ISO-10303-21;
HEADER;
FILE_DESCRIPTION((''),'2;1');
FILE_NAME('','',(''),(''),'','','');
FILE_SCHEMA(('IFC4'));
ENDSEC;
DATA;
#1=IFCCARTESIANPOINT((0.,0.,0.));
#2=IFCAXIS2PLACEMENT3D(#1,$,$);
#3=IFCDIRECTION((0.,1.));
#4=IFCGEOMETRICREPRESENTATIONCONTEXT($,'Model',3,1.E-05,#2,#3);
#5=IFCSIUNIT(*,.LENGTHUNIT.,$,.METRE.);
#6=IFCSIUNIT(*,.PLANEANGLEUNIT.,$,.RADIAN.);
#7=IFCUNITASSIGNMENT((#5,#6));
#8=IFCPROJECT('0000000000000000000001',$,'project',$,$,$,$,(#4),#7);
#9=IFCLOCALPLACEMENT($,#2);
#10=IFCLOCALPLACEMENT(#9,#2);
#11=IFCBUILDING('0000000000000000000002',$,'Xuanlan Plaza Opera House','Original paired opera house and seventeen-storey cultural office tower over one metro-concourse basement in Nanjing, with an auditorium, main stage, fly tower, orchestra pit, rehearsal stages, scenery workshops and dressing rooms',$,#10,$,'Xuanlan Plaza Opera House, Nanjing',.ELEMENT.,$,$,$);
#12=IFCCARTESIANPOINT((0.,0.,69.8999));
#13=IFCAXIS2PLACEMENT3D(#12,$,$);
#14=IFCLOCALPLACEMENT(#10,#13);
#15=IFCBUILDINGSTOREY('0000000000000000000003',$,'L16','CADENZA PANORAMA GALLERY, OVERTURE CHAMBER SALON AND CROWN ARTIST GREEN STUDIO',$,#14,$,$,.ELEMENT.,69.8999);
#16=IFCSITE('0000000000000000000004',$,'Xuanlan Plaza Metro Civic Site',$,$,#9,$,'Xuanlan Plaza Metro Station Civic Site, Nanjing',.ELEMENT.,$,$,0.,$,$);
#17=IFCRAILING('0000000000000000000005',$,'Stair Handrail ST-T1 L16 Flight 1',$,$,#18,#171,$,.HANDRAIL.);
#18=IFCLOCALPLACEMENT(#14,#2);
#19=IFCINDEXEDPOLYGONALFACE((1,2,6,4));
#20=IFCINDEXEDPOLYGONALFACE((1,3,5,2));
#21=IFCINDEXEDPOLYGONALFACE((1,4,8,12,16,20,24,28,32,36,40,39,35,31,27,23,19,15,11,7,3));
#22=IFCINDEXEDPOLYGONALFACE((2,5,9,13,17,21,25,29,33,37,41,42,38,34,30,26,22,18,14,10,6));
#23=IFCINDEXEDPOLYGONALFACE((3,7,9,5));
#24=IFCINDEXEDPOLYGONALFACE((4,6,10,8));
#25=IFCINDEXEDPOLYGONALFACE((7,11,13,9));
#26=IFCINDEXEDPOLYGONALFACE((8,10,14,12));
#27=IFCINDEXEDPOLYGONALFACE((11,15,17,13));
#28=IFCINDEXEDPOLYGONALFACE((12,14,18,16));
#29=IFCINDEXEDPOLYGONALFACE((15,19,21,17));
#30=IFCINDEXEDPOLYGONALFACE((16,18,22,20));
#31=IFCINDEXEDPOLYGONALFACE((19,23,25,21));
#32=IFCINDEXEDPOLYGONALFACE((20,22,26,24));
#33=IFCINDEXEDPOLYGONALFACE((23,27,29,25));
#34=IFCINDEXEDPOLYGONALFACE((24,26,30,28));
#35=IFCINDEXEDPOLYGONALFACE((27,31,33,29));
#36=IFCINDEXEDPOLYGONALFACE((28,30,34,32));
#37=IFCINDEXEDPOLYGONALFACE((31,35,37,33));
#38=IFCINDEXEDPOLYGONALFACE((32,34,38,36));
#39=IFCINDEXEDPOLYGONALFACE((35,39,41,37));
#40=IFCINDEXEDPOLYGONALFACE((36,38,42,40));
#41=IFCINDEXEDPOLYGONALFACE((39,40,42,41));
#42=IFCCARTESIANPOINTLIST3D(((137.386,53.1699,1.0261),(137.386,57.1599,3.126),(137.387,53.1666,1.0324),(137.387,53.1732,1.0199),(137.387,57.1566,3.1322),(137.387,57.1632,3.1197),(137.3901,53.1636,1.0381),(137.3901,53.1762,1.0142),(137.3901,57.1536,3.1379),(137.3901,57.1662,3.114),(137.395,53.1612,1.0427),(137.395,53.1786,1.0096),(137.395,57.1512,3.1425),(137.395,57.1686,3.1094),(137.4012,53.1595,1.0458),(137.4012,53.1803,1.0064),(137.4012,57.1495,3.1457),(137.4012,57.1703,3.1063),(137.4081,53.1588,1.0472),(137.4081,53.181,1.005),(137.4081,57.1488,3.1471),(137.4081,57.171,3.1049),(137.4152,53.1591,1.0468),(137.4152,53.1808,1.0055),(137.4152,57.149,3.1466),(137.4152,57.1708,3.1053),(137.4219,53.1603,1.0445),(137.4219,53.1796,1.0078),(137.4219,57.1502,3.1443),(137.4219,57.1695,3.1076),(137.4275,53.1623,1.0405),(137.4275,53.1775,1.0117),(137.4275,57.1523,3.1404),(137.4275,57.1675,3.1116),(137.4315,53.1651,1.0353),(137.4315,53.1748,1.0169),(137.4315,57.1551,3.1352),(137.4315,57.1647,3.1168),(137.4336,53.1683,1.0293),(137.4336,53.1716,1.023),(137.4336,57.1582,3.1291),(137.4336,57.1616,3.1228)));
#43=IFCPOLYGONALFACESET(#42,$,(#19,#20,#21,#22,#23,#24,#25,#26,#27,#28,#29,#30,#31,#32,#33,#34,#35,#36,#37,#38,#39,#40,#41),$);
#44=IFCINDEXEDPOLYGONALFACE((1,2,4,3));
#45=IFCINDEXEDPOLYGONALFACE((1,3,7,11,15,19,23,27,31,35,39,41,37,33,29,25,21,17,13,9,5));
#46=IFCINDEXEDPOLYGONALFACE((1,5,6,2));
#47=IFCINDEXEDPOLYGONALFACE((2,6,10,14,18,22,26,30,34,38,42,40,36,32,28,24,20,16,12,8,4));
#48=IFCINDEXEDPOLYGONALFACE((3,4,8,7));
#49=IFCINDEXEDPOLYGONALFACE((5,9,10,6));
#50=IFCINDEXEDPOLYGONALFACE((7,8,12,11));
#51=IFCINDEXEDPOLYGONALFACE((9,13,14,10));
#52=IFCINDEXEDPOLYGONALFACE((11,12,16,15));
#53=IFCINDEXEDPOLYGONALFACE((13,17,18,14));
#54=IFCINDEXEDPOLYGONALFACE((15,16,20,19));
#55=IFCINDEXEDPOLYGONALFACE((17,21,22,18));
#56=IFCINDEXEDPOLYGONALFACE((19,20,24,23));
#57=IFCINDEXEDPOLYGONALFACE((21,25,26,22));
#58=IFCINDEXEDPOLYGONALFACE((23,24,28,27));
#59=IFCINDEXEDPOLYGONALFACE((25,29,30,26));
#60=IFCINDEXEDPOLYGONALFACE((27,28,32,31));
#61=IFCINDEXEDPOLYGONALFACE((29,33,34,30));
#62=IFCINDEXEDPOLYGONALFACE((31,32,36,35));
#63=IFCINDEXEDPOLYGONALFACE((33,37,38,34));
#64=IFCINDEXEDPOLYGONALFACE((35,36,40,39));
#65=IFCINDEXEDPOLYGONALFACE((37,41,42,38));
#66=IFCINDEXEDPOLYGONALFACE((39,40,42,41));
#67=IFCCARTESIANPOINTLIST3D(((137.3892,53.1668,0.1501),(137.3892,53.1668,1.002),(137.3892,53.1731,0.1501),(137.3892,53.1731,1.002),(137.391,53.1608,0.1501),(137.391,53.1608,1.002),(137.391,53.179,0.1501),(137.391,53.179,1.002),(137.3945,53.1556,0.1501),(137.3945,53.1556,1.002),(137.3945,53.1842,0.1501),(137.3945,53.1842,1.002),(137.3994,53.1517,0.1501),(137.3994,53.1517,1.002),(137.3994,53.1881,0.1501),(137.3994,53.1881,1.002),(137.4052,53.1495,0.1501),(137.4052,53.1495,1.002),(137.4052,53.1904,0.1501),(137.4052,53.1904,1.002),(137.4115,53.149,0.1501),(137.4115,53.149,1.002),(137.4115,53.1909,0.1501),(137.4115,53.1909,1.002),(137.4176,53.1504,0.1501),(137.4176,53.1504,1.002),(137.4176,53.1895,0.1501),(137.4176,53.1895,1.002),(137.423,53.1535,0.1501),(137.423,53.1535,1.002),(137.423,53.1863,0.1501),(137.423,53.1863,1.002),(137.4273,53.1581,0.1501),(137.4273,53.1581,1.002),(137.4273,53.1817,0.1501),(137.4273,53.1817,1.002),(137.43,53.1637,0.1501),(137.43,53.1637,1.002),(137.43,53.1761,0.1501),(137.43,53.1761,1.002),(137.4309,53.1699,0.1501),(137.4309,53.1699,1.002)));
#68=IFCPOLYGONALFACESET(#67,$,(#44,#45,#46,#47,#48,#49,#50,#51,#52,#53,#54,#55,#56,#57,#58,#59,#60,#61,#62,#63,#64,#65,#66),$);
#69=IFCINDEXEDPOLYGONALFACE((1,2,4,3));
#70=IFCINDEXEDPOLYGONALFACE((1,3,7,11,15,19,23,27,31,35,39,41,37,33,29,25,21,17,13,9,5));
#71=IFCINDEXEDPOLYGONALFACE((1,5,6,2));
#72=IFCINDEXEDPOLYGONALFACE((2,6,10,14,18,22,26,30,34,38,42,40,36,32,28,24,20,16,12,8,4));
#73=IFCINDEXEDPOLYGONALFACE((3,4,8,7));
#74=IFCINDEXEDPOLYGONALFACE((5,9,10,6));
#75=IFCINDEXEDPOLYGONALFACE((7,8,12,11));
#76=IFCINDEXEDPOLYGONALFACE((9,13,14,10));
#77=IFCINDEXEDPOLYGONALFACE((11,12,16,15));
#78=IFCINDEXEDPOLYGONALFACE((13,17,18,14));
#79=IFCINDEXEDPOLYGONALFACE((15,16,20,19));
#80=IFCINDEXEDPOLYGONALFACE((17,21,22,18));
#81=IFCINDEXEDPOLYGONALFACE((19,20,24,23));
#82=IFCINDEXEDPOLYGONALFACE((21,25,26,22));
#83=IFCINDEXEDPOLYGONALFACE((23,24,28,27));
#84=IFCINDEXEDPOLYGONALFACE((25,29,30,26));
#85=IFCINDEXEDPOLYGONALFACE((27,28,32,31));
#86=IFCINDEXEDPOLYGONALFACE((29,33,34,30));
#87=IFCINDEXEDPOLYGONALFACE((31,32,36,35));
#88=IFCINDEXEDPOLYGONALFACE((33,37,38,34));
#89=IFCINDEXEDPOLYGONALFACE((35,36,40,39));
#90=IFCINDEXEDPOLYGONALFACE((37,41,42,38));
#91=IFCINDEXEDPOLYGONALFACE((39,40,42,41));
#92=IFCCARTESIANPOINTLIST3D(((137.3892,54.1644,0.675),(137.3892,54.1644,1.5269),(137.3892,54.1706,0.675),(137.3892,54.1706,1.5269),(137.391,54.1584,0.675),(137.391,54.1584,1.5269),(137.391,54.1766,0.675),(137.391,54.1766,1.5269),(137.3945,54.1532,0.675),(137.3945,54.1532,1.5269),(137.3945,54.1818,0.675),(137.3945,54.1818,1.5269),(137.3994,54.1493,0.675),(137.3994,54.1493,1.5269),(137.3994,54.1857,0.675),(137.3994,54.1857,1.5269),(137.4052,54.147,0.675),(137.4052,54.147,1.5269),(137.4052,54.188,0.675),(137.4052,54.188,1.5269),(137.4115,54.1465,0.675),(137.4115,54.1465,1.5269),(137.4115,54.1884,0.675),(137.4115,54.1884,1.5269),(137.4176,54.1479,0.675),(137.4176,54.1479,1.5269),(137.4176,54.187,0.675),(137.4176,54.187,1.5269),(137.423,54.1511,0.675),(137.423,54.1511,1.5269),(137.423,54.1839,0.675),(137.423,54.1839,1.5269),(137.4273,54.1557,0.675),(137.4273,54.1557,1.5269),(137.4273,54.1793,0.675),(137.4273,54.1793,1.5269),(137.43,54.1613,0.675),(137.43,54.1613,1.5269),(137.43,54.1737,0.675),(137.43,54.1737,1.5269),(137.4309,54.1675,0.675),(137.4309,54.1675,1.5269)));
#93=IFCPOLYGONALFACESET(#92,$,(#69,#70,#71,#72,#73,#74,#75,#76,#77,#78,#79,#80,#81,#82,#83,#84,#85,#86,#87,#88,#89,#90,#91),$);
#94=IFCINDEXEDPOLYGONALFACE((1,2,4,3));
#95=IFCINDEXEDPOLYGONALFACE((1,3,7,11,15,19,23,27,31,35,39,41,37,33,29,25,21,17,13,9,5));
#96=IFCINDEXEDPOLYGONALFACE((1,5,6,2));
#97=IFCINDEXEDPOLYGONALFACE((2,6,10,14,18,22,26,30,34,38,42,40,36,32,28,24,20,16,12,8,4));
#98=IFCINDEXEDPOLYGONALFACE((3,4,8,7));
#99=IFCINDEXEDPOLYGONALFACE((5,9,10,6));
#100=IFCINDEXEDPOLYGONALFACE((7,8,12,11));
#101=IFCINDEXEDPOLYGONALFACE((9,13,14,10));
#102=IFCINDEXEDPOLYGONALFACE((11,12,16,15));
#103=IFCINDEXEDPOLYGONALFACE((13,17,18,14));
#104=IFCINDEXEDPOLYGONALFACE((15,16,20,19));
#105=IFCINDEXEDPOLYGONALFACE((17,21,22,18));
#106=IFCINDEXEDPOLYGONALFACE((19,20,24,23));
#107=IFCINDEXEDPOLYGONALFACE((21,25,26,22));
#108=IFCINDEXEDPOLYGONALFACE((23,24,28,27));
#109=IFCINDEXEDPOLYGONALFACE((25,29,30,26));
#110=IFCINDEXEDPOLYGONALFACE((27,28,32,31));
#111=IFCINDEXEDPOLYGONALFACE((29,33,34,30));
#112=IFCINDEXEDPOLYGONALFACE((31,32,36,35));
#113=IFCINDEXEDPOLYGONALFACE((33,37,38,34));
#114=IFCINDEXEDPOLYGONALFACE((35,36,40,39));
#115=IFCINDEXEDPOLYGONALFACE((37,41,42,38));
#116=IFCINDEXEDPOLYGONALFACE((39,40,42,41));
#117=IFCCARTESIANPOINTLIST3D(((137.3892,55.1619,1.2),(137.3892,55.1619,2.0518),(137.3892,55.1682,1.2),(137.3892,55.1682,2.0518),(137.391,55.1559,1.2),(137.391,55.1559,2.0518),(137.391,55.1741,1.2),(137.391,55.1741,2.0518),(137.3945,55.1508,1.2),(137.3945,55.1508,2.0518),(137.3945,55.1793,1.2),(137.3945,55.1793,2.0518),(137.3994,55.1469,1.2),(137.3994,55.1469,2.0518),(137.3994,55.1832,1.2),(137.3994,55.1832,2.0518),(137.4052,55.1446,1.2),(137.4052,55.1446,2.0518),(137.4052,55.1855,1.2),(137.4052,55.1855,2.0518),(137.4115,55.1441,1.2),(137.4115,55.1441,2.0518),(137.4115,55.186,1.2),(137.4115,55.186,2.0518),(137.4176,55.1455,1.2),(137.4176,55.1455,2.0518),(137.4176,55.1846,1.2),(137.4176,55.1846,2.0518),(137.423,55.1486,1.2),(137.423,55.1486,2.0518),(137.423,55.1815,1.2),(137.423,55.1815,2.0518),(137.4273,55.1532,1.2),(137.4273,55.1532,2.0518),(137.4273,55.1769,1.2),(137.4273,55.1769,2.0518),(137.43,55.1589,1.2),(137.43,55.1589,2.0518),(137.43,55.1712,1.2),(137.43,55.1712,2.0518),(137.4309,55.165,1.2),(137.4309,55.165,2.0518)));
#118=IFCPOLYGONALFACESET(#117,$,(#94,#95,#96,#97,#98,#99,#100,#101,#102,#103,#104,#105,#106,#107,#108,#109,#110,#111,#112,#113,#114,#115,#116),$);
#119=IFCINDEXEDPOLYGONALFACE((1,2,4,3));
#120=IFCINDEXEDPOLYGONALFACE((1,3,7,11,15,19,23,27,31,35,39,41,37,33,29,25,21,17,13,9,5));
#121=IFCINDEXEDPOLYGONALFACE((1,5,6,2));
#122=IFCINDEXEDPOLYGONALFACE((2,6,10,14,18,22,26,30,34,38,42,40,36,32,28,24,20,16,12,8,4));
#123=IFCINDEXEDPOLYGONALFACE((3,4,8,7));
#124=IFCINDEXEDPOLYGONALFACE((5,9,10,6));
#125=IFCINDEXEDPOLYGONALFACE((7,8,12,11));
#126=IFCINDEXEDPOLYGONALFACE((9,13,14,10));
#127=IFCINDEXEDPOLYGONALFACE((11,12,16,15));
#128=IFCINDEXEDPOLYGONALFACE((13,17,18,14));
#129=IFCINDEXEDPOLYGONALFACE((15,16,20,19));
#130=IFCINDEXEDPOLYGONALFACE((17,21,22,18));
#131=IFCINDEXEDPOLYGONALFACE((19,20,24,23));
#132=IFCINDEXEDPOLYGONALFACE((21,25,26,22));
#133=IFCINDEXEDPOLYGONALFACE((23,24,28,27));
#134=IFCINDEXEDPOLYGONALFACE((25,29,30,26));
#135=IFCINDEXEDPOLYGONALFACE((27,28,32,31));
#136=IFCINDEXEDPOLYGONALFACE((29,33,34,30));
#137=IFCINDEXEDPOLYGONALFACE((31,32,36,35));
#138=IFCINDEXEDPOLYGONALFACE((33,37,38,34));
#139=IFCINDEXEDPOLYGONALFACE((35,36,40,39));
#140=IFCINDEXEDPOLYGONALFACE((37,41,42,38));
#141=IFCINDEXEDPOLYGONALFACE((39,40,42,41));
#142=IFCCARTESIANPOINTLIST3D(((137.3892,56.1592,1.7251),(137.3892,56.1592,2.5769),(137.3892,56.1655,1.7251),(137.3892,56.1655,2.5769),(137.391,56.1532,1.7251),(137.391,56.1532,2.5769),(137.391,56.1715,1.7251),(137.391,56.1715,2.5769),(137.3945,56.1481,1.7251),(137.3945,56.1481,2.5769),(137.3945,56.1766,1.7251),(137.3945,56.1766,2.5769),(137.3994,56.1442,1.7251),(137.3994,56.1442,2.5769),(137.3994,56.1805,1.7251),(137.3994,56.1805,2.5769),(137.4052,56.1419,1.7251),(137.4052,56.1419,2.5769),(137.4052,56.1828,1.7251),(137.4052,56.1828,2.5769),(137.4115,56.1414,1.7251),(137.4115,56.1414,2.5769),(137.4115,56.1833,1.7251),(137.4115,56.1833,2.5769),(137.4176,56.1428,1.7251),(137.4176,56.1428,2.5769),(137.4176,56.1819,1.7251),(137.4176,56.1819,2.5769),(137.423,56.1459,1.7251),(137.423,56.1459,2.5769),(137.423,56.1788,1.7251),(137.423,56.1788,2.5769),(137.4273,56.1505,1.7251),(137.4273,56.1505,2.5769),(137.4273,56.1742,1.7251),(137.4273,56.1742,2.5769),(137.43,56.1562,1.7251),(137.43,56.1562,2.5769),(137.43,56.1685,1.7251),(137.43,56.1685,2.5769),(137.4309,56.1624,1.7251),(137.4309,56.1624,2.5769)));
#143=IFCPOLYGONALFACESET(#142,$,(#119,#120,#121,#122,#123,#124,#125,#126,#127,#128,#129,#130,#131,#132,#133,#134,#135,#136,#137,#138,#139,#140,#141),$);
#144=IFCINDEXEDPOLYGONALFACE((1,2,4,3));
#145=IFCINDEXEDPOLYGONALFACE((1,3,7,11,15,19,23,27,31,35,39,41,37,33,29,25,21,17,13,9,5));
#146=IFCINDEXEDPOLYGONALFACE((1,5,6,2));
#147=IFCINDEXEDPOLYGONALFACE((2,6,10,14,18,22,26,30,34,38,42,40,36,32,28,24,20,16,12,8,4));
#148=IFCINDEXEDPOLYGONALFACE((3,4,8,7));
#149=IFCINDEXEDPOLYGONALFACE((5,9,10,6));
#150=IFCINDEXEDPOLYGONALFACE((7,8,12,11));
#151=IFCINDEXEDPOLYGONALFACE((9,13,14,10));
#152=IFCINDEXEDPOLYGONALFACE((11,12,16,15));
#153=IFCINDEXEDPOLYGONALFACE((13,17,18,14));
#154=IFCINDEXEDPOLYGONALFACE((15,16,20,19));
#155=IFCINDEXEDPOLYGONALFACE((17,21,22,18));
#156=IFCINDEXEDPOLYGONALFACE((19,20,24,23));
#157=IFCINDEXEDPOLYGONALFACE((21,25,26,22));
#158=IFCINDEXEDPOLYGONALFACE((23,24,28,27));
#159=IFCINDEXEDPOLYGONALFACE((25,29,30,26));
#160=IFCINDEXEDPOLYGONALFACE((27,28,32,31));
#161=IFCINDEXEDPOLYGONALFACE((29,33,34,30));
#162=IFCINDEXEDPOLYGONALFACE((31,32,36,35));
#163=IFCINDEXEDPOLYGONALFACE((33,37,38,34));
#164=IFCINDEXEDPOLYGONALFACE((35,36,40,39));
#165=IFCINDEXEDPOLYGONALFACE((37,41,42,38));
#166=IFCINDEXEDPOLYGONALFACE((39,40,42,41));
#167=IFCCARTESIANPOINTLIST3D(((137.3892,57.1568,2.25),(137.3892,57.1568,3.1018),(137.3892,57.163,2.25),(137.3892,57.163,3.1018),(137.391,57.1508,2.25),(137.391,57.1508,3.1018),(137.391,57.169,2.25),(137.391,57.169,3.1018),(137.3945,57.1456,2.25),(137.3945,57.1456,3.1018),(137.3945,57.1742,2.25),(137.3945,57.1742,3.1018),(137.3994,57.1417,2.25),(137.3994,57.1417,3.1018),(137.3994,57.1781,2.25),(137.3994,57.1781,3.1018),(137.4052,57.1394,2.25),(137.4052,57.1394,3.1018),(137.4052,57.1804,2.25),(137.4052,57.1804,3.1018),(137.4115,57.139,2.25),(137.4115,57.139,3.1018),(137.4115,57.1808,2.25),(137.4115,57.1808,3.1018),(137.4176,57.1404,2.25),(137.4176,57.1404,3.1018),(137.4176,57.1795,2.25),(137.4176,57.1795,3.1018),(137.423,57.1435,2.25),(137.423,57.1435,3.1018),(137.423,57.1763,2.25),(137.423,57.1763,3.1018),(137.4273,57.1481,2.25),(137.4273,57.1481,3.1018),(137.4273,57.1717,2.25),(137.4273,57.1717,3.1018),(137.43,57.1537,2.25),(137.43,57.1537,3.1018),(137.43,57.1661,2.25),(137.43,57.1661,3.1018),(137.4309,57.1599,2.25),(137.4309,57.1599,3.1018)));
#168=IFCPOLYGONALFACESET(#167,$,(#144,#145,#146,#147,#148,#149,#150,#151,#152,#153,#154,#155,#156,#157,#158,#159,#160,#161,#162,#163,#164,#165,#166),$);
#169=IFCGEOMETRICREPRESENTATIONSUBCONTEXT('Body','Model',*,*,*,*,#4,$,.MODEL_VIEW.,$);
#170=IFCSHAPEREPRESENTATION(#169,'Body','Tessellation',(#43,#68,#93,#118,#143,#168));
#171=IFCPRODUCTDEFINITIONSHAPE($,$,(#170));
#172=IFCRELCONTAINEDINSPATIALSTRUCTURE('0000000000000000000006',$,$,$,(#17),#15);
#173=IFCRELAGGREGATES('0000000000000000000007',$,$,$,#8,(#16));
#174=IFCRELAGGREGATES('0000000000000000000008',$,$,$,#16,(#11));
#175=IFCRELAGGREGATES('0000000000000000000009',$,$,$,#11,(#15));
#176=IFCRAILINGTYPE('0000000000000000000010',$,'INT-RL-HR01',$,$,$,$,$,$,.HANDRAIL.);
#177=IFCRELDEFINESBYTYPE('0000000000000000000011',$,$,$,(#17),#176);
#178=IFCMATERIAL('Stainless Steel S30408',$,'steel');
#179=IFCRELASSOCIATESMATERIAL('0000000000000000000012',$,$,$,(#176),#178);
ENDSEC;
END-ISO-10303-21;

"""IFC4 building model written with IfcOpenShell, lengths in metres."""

from ifc_helpers import new_model, si_unit, direction, frame, origin, origin_2d, place, context, subcontext, project, spatial, circle, extrude, material, type_object, element, save


model = new_model("IFC4")

# Units and contexts
model_context = context("Model", 3, precision=1e-05, world=origin(), true_north=direction((0.0, 1.0)))
body_context = subcontext(model_context, "Body", "Model", "MODEL_VIEW")
ifc_project = project(units=[si_unit("LENGTHUNIT", "METRE"), si_unit("PLANEANGLEUNIT", "RADIAN")], contexts=[model_context])

# Site, building, storey
site_placement = place(None, origin())
site = spatial("IfcSite", under=ifc_project, at=site_placement, Name="Xuanlan Plaza Metro Civic Site", LongName="Xuanlan Plaza Metro Station Civic Site, Nanjing", CompositionType="ELEMENT", RefElevation=0.0)
building_placement = place(site_placement, origin())
building = spatial("IfcBuilding", under=site, at=building_placement, Name="Xuanlan Plaza Opera House", Description="Original paired opera house and seventeen-storey cultural office tower over one metro-concourse basement in Nanjing, with an auditorium, main stage, fly tower, orchestra pit, rehearsal stages, scenery workshops and dressing rooms", LongName="Xuanlan Plaza Opera House, Nanjing", CompositionType="ELEMENT")
storey_placement = place(building_placement, frame((0.0, 0.0, 69.8999)))
storey = spatial("IfcBuildingStorey", under=building, at=storey_placement, Name="L16", Description="CADENZA PANORAMA GALLERY, OVERTURE CHAMBER SALON AND CROWN ARTIST GREEN STUDIO", CompositionType="ELEMENT", Elevation=69.8999)

# Railing
ifc_material_1 = material(Name="Stainless Steel S30408", Category="steel")
railing_type = type_object("IfcRailingType", Name="INT-RL-HR01", PredefinedType="HANDRAIL", material=ifc_material_1)
for number, where, name in (
    (1, (137.4099, 53.1699, 0.1501), "Stair Handrail ST-T1 L16 Flight 1"),
):
    element("IfcRailing", number, at=place(storey_placement, frame(where)), inside=storey, type_object=railing_type, Name=name, PredefinedType="HANDRAIL", context=body_context, shape_type="SweptSolid", body=[
        extrude(circle(Radius=0.0239, at=origin_2d()), frame((0.0, 0.0, 0.876), z_axis=(0.0, 0.884931, 0.465722), x_axis=(-1.0, 0.0, 0.0)), (0.0, 0.0, 1.0), 4.5088),
        extrude(circle(Radius=0.021, at=origin_2d()), origin(), (0.0, 0.0, 1.0), 0.8518),
        extrude(circle(Radius=0.021, at=origin_2d()), frame((0.0, 0.9976, 0.5249)), (0.0, 0.0, 1.0), 0.8518),
        extrude(circle(Radius=0.021, at=origin_2d()), frame((0.0, 1.9951, 1.0498)), (0.0, 0.0, 1.0), 0.8518),
        extrude(circle(Radius=0.021, at=origin_2d()), frame((0.0, 2.9924, 1.575)), (0.0, 0.0, 1.0), 0.8518),
        extrude(circle(Radius=0.021, at=origin_2d()), frame((0.0, 3.99, 2.0999)), (0.0, 0.0, 1.0), 0.8518),
    ])

save(model, "model.ifc")
